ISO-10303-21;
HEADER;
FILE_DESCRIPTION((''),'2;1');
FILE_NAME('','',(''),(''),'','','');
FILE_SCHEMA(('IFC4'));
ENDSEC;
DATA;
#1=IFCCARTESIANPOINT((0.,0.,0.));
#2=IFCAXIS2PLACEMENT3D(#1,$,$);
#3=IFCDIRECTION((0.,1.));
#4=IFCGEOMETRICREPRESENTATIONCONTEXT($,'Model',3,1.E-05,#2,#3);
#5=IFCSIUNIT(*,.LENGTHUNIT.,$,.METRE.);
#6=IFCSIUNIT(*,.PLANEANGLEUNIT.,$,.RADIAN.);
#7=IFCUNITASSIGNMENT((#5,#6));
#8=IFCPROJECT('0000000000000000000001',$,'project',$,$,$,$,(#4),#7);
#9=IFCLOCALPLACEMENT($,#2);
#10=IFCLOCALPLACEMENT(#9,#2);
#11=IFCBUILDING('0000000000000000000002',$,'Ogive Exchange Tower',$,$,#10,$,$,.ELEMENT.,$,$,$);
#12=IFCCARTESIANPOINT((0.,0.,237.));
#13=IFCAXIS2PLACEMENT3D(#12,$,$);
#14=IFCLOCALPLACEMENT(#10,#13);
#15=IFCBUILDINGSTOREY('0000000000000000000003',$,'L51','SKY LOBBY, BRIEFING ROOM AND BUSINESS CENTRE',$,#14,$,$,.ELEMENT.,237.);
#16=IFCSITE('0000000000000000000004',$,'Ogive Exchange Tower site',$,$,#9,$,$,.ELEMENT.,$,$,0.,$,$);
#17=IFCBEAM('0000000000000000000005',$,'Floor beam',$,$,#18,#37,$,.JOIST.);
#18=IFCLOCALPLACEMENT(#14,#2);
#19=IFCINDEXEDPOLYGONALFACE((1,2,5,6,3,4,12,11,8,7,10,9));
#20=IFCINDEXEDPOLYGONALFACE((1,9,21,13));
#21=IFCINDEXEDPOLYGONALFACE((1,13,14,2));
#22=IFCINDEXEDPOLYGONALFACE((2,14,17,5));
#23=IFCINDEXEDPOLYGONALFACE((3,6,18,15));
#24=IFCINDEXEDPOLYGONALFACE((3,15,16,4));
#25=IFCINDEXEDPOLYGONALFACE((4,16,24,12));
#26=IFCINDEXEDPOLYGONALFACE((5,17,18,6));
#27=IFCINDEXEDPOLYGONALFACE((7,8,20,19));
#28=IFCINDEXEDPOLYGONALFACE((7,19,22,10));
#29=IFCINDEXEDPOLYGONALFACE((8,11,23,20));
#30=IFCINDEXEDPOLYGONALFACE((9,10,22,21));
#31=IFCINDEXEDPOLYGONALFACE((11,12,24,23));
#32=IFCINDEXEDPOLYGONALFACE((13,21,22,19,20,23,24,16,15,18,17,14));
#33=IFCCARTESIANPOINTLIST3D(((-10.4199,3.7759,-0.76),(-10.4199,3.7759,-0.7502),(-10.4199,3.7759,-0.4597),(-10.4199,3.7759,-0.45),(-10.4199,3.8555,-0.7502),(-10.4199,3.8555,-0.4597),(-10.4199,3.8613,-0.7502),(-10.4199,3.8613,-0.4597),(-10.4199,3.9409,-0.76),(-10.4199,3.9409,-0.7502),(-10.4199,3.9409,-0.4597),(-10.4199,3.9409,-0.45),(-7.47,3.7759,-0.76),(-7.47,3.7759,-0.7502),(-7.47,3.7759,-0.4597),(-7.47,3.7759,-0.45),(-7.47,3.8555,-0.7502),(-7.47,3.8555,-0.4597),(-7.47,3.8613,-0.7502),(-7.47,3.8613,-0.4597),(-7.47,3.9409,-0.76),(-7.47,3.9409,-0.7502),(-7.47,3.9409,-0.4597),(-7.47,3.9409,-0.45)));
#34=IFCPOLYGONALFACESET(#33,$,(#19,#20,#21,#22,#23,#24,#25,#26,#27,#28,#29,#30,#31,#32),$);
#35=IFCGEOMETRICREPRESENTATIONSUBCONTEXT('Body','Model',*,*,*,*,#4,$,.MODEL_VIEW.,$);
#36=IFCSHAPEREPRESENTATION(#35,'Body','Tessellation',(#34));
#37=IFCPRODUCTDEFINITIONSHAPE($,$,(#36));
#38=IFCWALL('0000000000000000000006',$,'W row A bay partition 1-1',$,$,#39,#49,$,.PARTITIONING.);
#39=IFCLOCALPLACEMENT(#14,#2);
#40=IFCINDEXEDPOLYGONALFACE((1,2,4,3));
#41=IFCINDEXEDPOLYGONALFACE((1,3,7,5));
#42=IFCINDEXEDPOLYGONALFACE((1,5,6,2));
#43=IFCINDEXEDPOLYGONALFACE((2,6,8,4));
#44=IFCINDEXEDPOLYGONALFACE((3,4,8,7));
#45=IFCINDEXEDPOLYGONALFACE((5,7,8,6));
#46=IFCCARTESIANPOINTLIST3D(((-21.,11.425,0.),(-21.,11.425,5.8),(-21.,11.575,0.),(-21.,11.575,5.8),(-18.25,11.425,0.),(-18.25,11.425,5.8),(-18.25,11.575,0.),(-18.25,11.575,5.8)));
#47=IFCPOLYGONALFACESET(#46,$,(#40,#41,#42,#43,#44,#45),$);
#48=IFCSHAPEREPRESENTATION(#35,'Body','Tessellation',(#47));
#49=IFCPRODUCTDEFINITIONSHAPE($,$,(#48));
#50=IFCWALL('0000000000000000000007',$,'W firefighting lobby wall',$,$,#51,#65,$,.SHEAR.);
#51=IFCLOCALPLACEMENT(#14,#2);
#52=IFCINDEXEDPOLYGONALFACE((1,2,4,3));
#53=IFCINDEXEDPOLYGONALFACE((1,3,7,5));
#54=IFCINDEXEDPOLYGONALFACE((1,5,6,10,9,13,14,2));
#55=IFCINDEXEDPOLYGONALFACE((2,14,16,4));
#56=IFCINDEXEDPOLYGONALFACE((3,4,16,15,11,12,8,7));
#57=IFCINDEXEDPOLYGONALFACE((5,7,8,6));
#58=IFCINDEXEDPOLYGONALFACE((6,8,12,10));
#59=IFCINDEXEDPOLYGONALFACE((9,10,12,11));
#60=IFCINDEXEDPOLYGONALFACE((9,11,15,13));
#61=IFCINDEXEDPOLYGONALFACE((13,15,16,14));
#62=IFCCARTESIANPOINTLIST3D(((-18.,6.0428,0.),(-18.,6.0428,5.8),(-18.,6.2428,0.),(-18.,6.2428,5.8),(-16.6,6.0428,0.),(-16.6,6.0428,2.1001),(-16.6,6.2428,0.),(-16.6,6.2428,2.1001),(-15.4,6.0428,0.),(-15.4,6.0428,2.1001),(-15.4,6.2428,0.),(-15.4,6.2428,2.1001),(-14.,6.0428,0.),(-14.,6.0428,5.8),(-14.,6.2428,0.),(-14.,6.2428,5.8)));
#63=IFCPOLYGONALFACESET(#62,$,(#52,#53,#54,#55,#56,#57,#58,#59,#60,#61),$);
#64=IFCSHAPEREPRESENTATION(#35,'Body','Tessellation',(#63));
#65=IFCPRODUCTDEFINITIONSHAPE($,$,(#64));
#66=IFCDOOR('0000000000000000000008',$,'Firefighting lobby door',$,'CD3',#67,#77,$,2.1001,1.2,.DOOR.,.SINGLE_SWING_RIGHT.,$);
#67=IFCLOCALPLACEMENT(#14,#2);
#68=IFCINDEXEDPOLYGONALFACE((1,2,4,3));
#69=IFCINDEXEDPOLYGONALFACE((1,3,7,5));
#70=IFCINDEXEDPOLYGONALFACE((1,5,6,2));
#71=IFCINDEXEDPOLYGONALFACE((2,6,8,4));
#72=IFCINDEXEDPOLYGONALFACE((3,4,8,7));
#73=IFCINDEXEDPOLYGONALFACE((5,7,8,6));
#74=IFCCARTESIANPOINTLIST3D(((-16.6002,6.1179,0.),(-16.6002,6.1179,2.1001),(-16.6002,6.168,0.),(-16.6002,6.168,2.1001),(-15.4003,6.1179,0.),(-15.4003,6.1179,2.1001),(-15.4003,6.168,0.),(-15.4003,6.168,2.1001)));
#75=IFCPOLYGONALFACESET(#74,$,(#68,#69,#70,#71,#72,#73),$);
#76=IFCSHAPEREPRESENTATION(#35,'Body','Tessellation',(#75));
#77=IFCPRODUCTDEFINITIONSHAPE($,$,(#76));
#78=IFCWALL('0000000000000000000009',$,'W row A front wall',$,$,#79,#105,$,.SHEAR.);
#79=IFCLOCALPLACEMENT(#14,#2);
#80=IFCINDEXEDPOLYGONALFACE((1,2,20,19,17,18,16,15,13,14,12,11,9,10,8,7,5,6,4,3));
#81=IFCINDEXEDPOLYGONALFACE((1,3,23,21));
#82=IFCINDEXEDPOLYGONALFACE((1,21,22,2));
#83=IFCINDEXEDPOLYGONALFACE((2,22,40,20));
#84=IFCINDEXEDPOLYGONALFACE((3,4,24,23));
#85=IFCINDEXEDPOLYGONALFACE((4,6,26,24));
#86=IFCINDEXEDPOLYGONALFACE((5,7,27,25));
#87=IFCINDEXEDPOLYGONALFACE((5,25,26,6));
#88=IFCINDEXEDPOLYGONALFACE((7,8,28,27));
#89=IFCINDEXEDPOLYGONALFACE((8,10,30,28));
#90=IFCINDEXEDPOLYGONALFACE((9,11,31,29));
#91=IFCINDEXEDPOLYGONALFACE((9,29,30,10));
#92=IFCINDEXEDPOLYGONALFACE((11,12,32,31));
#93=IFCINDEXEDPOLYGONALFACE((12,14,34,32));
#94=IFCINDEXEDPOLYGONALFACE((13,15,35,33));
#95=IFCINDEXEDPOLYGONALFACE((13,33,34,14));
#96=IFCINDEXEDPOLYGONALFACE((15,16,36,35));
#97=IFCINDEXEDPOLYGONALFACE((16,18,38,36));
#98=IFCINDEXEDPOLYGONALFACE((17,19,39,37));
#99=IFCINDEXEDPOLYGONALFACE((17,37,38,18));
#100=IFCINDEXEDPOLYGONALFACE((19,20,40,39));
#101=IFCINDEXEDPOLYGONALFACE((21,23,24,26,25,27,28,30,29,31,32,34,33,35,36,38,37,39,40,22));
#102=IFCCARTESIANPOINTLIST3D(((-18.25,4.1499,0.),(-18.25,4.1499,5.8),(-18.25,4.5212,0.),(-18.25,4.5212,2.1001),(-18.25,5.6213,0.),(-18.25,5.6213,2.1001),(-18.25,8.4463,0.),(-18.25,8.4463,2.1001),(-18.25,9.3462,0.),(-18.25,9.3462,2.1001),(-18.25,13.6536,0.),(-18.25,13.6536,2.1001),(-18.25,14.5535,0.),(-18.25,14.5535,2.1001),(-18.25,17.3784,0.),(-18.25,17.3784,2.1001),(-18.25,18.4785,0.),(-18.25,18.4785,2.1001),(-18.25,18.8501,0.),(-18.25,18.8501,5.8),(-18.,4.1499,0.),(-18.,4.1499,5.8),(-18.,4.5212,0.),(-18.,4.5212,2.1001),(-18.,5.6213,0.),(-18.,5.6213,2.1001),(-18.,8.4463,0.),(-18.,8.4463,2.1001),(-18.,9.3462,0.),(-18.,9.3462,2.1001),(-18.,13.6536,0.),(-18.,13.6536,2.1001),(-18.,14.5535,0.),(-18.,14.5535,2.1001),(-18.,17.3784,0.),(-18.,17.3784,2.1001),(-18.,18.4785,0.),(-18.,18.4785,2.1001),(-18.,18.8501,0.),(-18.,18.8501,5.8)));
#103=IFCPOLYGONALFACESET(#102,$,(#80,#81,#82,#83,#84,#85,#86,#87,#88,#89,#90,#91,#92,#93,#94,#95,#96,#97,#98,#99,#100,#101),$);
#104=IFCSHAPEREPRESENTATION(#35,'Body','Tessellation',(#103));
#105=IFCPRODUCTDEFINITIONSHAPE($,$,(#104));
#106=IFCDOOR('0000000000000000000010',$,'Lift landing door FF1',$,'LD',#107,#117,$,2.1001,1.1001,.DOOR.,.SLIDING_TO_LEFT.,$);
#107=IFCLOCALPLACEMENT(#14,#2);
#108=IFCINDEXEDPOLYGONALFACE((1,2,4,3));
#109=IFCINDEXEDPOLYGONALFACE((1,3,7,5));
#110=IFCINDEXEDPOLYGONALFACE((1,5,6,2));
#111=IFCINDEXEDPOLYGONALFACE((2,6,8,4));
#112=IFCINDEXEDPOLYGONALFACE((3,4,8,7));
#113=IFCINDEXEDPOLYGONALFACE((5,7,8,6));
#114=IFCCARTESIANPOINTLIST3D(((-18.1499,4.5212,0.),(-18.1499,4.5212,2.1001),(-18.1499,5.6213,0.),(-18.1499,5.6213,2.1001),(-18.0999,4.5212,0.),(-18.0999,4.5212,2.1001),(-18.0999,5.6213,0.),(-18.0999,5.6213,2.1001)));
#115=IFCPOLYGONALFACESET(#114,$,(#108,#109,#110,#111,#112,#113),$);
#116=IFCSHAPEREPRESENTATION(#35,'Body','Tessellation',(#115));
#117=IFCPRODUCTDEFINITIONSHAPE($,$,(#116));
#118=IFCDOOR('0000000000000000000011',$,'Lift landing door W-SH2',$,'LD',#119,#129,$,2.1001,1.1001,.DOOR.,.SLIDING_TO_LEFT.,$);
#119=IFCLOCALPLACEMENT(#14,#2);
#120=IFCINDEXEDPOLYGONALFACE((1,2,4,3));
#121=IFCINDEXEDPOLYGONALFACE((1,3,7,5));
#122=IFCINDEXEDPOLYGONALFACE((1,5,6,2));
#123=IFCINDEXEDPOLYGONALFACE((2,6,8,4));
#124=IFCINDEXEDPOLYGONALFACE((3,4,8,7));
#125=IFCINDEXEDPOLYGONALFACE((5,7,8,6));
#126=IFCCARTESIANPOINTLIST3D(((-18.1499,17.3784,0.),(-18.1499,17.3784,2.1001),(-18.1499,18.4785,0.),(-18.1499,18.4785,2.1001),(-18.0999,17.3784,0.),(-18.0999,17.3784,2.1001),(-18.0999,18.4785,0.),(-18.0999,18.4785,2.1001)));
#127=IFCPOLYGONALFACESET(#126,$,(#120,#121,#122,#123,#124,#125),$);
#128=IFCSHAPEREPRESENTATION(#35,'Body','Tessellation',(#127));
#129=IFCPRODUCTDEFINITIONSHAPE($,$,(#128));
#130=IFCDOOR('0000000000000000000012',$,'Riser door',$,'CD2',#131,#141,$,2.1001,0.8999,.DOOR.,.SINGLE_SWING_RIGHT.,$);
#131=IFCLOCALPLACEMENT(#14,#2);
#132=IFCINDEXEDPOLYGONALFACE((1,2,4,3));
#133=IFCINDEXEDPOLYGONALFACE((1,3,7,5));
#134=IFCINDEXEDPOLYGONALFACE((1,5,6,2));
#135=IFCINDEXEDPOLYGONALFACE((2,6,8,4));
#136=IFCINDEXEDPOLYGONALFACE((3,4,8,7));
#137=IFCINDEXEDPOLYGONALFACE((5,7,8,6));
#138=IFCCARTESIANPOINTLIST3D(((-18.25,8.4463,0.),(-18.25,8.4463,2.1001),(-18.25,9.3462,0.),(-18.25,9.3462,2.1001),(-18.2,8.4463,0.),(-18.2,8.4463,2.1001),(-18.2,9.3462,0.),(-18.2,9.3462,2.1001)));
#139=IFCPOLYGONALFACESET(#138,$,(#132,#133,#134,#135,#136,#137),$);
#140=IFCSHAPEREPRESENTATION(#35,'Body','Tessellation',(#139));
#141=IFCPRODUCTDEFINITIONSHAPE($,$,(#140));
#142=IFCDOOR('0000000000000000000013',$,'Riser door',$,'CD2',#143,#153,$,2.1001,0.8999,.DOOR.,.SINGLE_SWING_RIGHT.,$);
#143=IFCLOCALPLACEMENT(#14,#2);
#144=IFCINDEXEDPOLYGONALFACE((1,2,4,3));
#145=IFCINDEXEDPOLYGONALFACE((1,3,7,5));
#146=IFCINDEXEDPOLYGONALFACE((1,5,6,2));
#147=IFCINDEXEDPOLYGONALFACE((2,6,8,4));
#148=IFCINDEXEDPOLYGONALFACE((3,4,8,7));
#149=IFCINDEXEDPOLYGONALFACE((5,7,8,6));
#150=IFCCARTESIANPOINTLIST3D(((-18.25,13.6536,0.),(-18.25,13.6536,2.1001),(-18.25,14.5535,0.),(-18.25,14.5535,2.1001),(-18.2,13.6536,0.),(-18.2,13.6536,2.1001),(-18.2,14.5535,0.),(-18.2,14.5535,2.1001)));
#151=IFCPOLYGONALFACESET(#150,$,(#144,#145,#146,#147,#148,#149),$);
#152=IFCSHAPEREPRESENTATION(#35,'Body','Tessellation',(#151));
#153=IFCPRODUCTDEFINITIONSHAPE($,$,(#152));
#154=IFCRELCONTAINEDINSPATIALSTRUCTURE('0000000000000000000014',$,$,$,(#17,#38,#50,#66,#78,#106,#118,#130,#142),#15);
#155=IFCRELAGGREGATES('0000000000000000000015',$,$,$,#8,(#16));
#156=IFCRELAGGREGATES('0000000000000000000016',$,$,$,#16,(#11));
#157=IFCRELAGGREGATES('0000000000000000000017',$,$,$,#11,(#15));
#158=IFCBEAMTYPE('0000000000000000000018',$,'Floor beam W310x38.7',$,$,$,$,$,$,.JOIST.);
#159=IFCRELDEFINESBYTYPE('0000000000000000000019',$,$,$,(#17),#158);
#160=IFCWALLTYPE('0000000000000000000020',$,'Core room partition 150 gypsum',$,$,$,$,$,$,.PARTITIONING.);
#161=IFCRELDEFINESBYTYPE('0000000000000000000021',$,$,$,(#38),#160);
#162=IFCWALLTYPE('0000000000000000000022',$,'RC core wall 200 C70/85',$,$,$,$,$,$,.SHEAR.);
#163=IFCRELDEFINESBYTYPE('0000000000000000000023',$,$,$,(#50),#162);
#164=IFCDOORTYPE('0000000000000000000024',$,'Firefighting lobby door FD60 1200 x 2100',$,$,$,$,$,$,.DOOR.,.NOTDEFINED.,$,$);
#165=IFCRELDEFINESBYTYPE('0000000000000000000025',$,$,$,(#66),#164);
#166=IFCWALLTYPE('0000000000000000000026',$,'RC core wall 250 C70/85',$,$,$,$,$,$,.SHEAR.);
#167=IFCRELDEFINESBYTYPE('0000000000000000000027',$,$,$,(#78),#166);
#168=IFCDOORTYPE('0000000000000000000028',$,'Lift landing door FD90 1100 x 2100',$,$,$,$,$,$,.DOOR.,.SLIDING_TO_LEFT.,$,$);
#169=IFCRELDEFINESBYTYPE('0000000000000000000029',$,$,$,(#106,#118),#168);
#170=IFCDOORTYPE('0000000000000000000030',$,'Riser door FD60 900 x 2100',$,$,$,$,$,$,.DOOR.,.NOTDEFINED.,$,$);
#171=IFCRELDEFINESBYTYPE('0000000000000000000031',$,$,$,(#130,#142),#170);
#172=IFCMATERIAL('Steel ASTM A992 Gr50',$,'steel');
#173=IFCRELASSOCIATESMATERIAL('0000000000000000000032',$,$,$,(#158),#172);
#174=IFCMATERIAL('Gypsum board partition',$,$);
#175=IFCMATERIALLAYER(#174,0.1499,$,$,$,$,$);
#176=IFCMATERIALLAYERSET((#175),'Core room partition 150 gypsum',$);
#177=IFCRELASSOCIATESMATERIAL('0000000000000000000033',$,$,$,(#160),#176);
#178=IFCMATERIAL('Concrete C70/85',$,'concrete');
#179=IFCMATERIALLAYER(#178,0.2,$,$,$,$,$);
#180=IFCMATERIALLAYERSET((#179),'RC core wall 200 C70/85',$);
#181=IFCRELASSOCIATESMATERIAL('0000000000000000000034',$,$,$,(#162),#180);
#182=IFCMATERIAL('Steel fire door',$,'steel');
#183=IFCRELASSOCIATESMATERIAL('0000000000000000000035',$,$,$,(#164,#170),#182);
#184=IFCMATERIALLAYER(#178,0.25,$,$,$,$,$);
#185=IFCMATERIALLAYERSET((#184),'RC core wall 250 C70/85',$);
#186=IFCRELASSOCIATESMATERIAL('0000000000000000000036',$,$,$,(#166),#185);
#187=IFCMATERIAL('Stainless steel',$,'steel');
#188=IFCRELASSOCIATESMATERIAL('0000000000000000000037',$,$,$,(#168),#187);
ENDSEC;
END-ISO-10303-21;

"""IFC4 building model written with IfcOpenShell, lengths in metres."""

from ifc_helpers import new_model, si_unit, direction, frame, frame_2d, origin, origin_2d, place, context, subcontext, project, spatial, rectangle, i_section, extrude, material, layer, layer_set, material_profile, profile_set, type_object, element, fill, save


model = new_model("IFC4")

# Units and contexts
model_context = context("Model", 3, precision=1e-05, world=origin(), true_north=direction((0.0, 1.0)))
body_context = subcontext(model_context, "Body", "Model", "MODEL_VIEW")
ifc_project = project(units=[si_unit("LENGTHUNIT", "METRE"), si_unit("PLANEANGLEUNIT", "RADIAN")], contexts=[model_context])

# Site, building, storey
site_placement = place(None, origin())
site = spatial("IfcSite", under=ifc_project, at=site_placement, Name="Ogive Exchange Tower site", CompositionType="ELEMENT", RefElevation=0.0)
building_placement = place(site_placement, origin())
building = spatial("IfcBuilding", under=site, at=building_placement, Name="Ogive Exchange Tower", CompositionType="ELEMENT")
storey_placement = place(building_placement, frame((0.0, 0.0, 237.0)))
storey = spatial("IfcBuildingStorey", under=building, at=storey_placement, Name="L51", Description="SKY LOBBY, BRIEFING ROOM AND BUSINESS CENTRE", CompositionType="ELEMENT", Elevation=237.0)

# Beam
ifc_material_1 = material(Name="Steel ASTM A992 Gr50", Category="steel")
ifc_material_profile = material_profile(ifc_material_1, i_section(OverallWidth=0.165, OverallDepth=0.3101, WebThickness=0.0059, FlangeThickness=0.0098, at=origin_2d()), Name="W310x38.7")
ifc_profile_set = profile_set([ifc_material_profile], Name="Steel ASTM A992 Gr50")
beam_type = type_object("IfcBeamType", Name="Floor beam W310x38.7", PredefinedType="JOIST", material=ifc_profile_set)
beam_placement = place(storey_placement, frame((-10.4199, 3.8584, -0.605), z_axis=(1.0, 0.0, 0.0), x_axis=(0.0, 1.0, 0.0)))
element("IfcBeam", 1, at=beam_placement, inside=storey, type_object=beam_type, Name="Floor beam", PredefinedType="JOIST", context=body_context, shape_type="SweptSolid", body=[
    extrude(i_section(OverallWidth=0.165, OverallDepth=0.3101, WebThickness=0.0059, FlangeThickness=0.0098, at=origin_2d()), origin(), (0.0, 0.0, 1.0), 2.95),
])

# Wall
ifc_material_2 = material(Name="Gypsum board partition")
ifc_layer_1 = layer(ifc_material_2, 0.1499)
ifc_layer_set_1 = layer_set([ifc_layer_1], Name="Core room partition 150 gypsum")
wall_type_1 = type_object("IfcWallType", Name="Core room partition 150 gypsum", PredefinedType="PARTITIONING", material=ifc_layer_set_1)
wall_1_placement = place(storey_placement, frame((-21.0, 11.5, 0.0), z_axis=(0.0, 0.0, 1.0), x_axis=(1.0, 0.0, 0.0)))
element("IfcWall", 2, at=wall_1_placement, inside=storey, type_object=wall_type_1, Name="W row A bay partition 1-1", PredefinedType="PARTITIONING", context=body_context, shape_type="SweptSolid", body=[
    extrude(rectangle(XDim=2.75, YDim=0.1499, at=frame_2d((1.375, 0.0))), origin(), (0.0, 0.0, 1.0), 5.8),
])

# Wall, opening, door
ifc_material_3 = material(Name="Concrete C70/85", Category="concrete")
ifc_layer_2 = layer(ifc_material_3, 0.2)
ifc_layer_set_2 = layer_set([ifc_layer_2], Name="RC core wall 200 C70/85")
wall_type_2 = type_object("IfcWallType", Name="RC core wall 200 C70/85", PredefinedType="SHEAR", material=ifc_layer_set_2)
wall_2_placement = place(storey_placement, frame((-18.0, 6.1428, 0.0), z_axis=(0.0, 0.0, 1.0), x_axis=(1.0, 0.0, 0.0)))
wall_2 = element("IfcWall", 3, at=wall_2_placement, inside=storey, type_object=wall_type_2, Name="W firefighting lobby wall", PredefinedType="SHEAR", context=body_context, shape_type="SweptSolid", body=[
    extrude(rectangle(XDim=4.0, YDim=0.2, at=frame_2d((2.0, 0.0))), origin(), (0.0, 0.0, 1.0), 5.8),
])
opening_1_placement = place(wall_2_placement, frame((1.3999, 0.0, 0.0)))
opening_1 = element("IfcOpeningElement", 4, at=opening_1_placement, cuts=wall_2, PredefinedType="OPENING", context=body_context, shape_type="SweptSolid", body=[
    extrude(rectangle(XDim=1.2, YDim=2.1001, at=frame_2d((0.6001, 1.05))), frame((0.0, 0.1099, 0.0), z_axis=(0.0, -1.0, 0.0), x_axis=(1.0, 0.0, 0.0)), (0.0, 0.0, 1.0), 0.22),
])
ifc_material_4 = material(Name="Steel fire door", Category="steel")
door_type_1 = type_object("IfcDoorType", Name="Firefighting lobby door FD60 1200 x 2100", OperationType="NOTDEFINED", PredefinedType="DOOR", material=ifc_material_4)
door_1_placement = place(opening_1_placement, frame((1.2, 0.0, 0.0), z_axis=(0.0, 0.0, 1.0), x_axis=(-1.0, 0.0, 0.0)))
door_1 = element("IfcDoor", 5, at=door_1_placement, inside=storey, type_object=door_type_1, Name="Firefighting lobby door", ObjectType="CD3", OperationType="SINGLE_SWING_RIGHT", OverallHeight=2.1001, OverallWidth=1.2, PredefinedType="DOOR", context=body_context, shape_type="SweptSolid", body=[
    extrude(rectangle(XDim=1.2, YDim=2.1001, at=frame_2d((0.6001, 1.05))), frame((0.0, 0.0249, 0.0), z_axis=(0.0, -1.0, 0.0), x_axis=(1.0, 0.0, 0.0)), (0.0, 0.0, 1.0), 0.05),
])
fill(opening_1, door_1)

# Wall, openings, doors
ifc_layer_3 = layer(ifc_material_3, 0.25)
ifc_layer_set_3 = layer_set([ifc_layer_3], Name="RC core wall 250 C70/85")
wall_type_3 = type_object("IfcWallType", Name="RC core wall 250 C70/85", PredefinedType="SHEAR", material=ifc_layer_set_3)
wall_3_placement = place(storey_placement, frame((-18.125, 4.1499, 0.0), z_axis=(0.0, 0.0, 1.0), x_axis=(0.0, 1.0, 0.0)))
wall_3 = element("IfcWall", 6, at=wall_3_placement, inside=storey, type_object=wall_type_3, Name="W row A front wall", PredefinedType="SHEAR", context=body_context, shape_type="SweptSolid", body=[
    extrude(rectangle(XDim=14.7002, YDim=0.25, at=frame_2d((7.3501, 0.0))), origin(), (0.0, 0.0, 1.0), 5.8),
])
opening_2_placement = place(wall_3_placement, frame((4.2964, 0.0, 0.0)))
opening_2 = element("IfcOpeningElement", 7, at=opening_2_placement, cuts=wall_3, PredefinedType="OPENING", context=body_context, shape_type="SweptSolid", body=[
    extrude(rectangle(XDim=0.8999, YDim=2.1001, at=frame_2d((0.45, 1.05))), frame((0.0, 0.135, 0.0), z_axis=(0.0, -1.0, 0.0), x_axis=(1.0, 0.0, 0.0)), (0.0, 0.0, 1.0), 0.27),
])
opening_3_placement = place(wall_3_placement, frame((9.5037, 0.0, 0.0)))
opening_3 = element("IfcOpeningElement", 8, at=opening_3_placement, cuts=wall_3, PredefinedType="OPENING", context=body_context, shape_type="SweptSolid", body=[
    extrude(rectangle(XDim=0.8999, YDim=2.1001, at=frame_2d((0.45, 1.05))), frame((0.0, 0.135, 0.0), z_axis=(0.0, -1.0, 0.0), x_axis=(1.0, 0.0, 0.0)), (0.0, 0.0, 1.0), 0.27),
])
opening_4_placement = place(wall_3_placement, frame((0.3713, 0.0, 0.0)))
opening_4 = element("IfcOpeningElement", 9, at=opening_4_placement, cuts=wall_3, PredefinedType="OPENING", context=body_context, shape_type="SweptSolid", body=[
    extrude(rectangle(XDim=1.1001, YDim=2.1001, at=frame_2d((0.55, 1.05))), frame((0.0, 0.135, 0.0), z_axis=(0.0, -1.0, 0.0), x_axis=(1.0, 0.0, 0.0)), (0.0, 0.0, 1.0), 0.27),
])
opening_5_placement = place(wall_3_placement, frame((13.2285, 0.0, 0.0)))
opening_5 = element("IfcOpeningElement", 10, at=opening_5_placement, cuts=wall_3, PredefinedType="OPENING", context=body_context, shape_type="SweptSolid", body=[
    extrude(rectangle(XDim=1.1001, YDim=2.1001, at=frame_2d((0.55, 1.05))), frame((0.0, 0.135, 0.0), z_axis=(0.0, -1.0, 0.0), x_axis=(1.0, 0.0, 0.0)), (0.0, 0.0, 1.0), 0.27),
])
ifc_material_5 = material(Name="Stainless steel", Category="steel")
door_type_2 = type_object("IfcDoorType", Name="Lift landing door FD90 1100 x 2100", OperationType="SLIDING_TO_LEFT", PredefinedType="DOOR", material=ifc_material_5)
door_2_placement = place(opening_4_placement, origin())
door_2 = element("IfcDoor", 11, at=door_2_placement, inside=storey, type_object=door_type_2, Name="Lift landing door FF1", ObjectType="LD", OperationType="SLIDING_TO_LEFT", OverallHeight=2.1001, OverallWidth=1.1001, PredefinedType="DOOR", context=body_context, shape_type="SweptSolid", body=[
    extrude(rectangle(XDim=1.1001, YDim=2.1001, at=frame_2d((0.55, 1.05))), frame((0.0, 0.0249, 0.0), z_axis=(0.0, -1.0, 0.0), x_axis=(1.0, 0.0, 0.0)), (0.0, 0.0, 1.0), 0.05),
])
fill(opening_4, door_2)
door_3_placement = place(opening_5_placement, origin())
door_3 = element("IfcDoor", 12, at=door_3_placement, inside=storey, type_object=door_type_2, Name="Lift landing door W-SH2", ObjectType="LD", OperationType="SLIDING_TO_LEFT", OverallHeight=2.1001, OverallWidth=1.1001, PredefinedType="DOOR", context=body_context, shape_type="SweptSolid", body=[
    extrude(rectangle(XDim=1.1001, YDim=2.1001, at=frame_2d((0.55, 1.05))), frame((0.0, 0.0249, 0.0), z_axis=(0.0, -1.0, 0.0), x_axis=(1.0, 0.0, 0.0)), (0.0, 0.0, 1.0), 0.05),
])
fill(opening_5, door_3)
door_type_3 = type_object("IfcDoorType", Name="Riser door FD60 900 x 2100", OperationType="NOTDEFINED", PredefinedType="DOOR", material=ifc_material_4)
door_4_placement = place(opening_2_placement, origin())
door_4 = element("IfcDoor", 13, at=door_4_placement, inside=storey, type_object=door_type_3, Name="Riser door", ObjectType="CD2", OperationType="SINGLE_SWING_RIGHT", OverallHeight=2.1001, OverallWidth=0.8999, PredefinedType="DOOR", context=body_context, shape_type="SweptSolid", body=[
    extrude(rectangle(XDim=0.8999, YDim=2.1001, at=frame_2d((0.45, 1.05))), frame((0.0, 0.125, 0.0), z_axis=(0.0, -1.0, 0.0), x_axis=(1.0, 0.0, 0.0)), (0.0, 0.0, 1.0), 0.05),
])
fill(opening_2, door_4)
door_5_placement = place(opening_3_placement, origin())
door_5 = element("IfcDoor", 14, at=door_5_placement, inside=storey, type_object=door_type_3, Name="Riser door", ObjectType="CD2", OperationType="SINGLE_SWING_RIGHT", OverallHeight=2.1001, OverallWidth=0.8999, PredefinedType="DOOR", context=body_context, shape_type="SweptSolid", body=[
    extrude(rectangle(XDim=0.8999, YDim=2.1001, at=frame_2d((0.45, 1.05))), frame((0.0, 0.125, 0.0), z_axis=(0.0, -1.0, 0.0), x_axis=(1.0, 0.0, 0.0)), (0.0, 0.0, 1.0), 0.05),
])
fill(opening_3, door_5)

save(model, "model.ifc")
